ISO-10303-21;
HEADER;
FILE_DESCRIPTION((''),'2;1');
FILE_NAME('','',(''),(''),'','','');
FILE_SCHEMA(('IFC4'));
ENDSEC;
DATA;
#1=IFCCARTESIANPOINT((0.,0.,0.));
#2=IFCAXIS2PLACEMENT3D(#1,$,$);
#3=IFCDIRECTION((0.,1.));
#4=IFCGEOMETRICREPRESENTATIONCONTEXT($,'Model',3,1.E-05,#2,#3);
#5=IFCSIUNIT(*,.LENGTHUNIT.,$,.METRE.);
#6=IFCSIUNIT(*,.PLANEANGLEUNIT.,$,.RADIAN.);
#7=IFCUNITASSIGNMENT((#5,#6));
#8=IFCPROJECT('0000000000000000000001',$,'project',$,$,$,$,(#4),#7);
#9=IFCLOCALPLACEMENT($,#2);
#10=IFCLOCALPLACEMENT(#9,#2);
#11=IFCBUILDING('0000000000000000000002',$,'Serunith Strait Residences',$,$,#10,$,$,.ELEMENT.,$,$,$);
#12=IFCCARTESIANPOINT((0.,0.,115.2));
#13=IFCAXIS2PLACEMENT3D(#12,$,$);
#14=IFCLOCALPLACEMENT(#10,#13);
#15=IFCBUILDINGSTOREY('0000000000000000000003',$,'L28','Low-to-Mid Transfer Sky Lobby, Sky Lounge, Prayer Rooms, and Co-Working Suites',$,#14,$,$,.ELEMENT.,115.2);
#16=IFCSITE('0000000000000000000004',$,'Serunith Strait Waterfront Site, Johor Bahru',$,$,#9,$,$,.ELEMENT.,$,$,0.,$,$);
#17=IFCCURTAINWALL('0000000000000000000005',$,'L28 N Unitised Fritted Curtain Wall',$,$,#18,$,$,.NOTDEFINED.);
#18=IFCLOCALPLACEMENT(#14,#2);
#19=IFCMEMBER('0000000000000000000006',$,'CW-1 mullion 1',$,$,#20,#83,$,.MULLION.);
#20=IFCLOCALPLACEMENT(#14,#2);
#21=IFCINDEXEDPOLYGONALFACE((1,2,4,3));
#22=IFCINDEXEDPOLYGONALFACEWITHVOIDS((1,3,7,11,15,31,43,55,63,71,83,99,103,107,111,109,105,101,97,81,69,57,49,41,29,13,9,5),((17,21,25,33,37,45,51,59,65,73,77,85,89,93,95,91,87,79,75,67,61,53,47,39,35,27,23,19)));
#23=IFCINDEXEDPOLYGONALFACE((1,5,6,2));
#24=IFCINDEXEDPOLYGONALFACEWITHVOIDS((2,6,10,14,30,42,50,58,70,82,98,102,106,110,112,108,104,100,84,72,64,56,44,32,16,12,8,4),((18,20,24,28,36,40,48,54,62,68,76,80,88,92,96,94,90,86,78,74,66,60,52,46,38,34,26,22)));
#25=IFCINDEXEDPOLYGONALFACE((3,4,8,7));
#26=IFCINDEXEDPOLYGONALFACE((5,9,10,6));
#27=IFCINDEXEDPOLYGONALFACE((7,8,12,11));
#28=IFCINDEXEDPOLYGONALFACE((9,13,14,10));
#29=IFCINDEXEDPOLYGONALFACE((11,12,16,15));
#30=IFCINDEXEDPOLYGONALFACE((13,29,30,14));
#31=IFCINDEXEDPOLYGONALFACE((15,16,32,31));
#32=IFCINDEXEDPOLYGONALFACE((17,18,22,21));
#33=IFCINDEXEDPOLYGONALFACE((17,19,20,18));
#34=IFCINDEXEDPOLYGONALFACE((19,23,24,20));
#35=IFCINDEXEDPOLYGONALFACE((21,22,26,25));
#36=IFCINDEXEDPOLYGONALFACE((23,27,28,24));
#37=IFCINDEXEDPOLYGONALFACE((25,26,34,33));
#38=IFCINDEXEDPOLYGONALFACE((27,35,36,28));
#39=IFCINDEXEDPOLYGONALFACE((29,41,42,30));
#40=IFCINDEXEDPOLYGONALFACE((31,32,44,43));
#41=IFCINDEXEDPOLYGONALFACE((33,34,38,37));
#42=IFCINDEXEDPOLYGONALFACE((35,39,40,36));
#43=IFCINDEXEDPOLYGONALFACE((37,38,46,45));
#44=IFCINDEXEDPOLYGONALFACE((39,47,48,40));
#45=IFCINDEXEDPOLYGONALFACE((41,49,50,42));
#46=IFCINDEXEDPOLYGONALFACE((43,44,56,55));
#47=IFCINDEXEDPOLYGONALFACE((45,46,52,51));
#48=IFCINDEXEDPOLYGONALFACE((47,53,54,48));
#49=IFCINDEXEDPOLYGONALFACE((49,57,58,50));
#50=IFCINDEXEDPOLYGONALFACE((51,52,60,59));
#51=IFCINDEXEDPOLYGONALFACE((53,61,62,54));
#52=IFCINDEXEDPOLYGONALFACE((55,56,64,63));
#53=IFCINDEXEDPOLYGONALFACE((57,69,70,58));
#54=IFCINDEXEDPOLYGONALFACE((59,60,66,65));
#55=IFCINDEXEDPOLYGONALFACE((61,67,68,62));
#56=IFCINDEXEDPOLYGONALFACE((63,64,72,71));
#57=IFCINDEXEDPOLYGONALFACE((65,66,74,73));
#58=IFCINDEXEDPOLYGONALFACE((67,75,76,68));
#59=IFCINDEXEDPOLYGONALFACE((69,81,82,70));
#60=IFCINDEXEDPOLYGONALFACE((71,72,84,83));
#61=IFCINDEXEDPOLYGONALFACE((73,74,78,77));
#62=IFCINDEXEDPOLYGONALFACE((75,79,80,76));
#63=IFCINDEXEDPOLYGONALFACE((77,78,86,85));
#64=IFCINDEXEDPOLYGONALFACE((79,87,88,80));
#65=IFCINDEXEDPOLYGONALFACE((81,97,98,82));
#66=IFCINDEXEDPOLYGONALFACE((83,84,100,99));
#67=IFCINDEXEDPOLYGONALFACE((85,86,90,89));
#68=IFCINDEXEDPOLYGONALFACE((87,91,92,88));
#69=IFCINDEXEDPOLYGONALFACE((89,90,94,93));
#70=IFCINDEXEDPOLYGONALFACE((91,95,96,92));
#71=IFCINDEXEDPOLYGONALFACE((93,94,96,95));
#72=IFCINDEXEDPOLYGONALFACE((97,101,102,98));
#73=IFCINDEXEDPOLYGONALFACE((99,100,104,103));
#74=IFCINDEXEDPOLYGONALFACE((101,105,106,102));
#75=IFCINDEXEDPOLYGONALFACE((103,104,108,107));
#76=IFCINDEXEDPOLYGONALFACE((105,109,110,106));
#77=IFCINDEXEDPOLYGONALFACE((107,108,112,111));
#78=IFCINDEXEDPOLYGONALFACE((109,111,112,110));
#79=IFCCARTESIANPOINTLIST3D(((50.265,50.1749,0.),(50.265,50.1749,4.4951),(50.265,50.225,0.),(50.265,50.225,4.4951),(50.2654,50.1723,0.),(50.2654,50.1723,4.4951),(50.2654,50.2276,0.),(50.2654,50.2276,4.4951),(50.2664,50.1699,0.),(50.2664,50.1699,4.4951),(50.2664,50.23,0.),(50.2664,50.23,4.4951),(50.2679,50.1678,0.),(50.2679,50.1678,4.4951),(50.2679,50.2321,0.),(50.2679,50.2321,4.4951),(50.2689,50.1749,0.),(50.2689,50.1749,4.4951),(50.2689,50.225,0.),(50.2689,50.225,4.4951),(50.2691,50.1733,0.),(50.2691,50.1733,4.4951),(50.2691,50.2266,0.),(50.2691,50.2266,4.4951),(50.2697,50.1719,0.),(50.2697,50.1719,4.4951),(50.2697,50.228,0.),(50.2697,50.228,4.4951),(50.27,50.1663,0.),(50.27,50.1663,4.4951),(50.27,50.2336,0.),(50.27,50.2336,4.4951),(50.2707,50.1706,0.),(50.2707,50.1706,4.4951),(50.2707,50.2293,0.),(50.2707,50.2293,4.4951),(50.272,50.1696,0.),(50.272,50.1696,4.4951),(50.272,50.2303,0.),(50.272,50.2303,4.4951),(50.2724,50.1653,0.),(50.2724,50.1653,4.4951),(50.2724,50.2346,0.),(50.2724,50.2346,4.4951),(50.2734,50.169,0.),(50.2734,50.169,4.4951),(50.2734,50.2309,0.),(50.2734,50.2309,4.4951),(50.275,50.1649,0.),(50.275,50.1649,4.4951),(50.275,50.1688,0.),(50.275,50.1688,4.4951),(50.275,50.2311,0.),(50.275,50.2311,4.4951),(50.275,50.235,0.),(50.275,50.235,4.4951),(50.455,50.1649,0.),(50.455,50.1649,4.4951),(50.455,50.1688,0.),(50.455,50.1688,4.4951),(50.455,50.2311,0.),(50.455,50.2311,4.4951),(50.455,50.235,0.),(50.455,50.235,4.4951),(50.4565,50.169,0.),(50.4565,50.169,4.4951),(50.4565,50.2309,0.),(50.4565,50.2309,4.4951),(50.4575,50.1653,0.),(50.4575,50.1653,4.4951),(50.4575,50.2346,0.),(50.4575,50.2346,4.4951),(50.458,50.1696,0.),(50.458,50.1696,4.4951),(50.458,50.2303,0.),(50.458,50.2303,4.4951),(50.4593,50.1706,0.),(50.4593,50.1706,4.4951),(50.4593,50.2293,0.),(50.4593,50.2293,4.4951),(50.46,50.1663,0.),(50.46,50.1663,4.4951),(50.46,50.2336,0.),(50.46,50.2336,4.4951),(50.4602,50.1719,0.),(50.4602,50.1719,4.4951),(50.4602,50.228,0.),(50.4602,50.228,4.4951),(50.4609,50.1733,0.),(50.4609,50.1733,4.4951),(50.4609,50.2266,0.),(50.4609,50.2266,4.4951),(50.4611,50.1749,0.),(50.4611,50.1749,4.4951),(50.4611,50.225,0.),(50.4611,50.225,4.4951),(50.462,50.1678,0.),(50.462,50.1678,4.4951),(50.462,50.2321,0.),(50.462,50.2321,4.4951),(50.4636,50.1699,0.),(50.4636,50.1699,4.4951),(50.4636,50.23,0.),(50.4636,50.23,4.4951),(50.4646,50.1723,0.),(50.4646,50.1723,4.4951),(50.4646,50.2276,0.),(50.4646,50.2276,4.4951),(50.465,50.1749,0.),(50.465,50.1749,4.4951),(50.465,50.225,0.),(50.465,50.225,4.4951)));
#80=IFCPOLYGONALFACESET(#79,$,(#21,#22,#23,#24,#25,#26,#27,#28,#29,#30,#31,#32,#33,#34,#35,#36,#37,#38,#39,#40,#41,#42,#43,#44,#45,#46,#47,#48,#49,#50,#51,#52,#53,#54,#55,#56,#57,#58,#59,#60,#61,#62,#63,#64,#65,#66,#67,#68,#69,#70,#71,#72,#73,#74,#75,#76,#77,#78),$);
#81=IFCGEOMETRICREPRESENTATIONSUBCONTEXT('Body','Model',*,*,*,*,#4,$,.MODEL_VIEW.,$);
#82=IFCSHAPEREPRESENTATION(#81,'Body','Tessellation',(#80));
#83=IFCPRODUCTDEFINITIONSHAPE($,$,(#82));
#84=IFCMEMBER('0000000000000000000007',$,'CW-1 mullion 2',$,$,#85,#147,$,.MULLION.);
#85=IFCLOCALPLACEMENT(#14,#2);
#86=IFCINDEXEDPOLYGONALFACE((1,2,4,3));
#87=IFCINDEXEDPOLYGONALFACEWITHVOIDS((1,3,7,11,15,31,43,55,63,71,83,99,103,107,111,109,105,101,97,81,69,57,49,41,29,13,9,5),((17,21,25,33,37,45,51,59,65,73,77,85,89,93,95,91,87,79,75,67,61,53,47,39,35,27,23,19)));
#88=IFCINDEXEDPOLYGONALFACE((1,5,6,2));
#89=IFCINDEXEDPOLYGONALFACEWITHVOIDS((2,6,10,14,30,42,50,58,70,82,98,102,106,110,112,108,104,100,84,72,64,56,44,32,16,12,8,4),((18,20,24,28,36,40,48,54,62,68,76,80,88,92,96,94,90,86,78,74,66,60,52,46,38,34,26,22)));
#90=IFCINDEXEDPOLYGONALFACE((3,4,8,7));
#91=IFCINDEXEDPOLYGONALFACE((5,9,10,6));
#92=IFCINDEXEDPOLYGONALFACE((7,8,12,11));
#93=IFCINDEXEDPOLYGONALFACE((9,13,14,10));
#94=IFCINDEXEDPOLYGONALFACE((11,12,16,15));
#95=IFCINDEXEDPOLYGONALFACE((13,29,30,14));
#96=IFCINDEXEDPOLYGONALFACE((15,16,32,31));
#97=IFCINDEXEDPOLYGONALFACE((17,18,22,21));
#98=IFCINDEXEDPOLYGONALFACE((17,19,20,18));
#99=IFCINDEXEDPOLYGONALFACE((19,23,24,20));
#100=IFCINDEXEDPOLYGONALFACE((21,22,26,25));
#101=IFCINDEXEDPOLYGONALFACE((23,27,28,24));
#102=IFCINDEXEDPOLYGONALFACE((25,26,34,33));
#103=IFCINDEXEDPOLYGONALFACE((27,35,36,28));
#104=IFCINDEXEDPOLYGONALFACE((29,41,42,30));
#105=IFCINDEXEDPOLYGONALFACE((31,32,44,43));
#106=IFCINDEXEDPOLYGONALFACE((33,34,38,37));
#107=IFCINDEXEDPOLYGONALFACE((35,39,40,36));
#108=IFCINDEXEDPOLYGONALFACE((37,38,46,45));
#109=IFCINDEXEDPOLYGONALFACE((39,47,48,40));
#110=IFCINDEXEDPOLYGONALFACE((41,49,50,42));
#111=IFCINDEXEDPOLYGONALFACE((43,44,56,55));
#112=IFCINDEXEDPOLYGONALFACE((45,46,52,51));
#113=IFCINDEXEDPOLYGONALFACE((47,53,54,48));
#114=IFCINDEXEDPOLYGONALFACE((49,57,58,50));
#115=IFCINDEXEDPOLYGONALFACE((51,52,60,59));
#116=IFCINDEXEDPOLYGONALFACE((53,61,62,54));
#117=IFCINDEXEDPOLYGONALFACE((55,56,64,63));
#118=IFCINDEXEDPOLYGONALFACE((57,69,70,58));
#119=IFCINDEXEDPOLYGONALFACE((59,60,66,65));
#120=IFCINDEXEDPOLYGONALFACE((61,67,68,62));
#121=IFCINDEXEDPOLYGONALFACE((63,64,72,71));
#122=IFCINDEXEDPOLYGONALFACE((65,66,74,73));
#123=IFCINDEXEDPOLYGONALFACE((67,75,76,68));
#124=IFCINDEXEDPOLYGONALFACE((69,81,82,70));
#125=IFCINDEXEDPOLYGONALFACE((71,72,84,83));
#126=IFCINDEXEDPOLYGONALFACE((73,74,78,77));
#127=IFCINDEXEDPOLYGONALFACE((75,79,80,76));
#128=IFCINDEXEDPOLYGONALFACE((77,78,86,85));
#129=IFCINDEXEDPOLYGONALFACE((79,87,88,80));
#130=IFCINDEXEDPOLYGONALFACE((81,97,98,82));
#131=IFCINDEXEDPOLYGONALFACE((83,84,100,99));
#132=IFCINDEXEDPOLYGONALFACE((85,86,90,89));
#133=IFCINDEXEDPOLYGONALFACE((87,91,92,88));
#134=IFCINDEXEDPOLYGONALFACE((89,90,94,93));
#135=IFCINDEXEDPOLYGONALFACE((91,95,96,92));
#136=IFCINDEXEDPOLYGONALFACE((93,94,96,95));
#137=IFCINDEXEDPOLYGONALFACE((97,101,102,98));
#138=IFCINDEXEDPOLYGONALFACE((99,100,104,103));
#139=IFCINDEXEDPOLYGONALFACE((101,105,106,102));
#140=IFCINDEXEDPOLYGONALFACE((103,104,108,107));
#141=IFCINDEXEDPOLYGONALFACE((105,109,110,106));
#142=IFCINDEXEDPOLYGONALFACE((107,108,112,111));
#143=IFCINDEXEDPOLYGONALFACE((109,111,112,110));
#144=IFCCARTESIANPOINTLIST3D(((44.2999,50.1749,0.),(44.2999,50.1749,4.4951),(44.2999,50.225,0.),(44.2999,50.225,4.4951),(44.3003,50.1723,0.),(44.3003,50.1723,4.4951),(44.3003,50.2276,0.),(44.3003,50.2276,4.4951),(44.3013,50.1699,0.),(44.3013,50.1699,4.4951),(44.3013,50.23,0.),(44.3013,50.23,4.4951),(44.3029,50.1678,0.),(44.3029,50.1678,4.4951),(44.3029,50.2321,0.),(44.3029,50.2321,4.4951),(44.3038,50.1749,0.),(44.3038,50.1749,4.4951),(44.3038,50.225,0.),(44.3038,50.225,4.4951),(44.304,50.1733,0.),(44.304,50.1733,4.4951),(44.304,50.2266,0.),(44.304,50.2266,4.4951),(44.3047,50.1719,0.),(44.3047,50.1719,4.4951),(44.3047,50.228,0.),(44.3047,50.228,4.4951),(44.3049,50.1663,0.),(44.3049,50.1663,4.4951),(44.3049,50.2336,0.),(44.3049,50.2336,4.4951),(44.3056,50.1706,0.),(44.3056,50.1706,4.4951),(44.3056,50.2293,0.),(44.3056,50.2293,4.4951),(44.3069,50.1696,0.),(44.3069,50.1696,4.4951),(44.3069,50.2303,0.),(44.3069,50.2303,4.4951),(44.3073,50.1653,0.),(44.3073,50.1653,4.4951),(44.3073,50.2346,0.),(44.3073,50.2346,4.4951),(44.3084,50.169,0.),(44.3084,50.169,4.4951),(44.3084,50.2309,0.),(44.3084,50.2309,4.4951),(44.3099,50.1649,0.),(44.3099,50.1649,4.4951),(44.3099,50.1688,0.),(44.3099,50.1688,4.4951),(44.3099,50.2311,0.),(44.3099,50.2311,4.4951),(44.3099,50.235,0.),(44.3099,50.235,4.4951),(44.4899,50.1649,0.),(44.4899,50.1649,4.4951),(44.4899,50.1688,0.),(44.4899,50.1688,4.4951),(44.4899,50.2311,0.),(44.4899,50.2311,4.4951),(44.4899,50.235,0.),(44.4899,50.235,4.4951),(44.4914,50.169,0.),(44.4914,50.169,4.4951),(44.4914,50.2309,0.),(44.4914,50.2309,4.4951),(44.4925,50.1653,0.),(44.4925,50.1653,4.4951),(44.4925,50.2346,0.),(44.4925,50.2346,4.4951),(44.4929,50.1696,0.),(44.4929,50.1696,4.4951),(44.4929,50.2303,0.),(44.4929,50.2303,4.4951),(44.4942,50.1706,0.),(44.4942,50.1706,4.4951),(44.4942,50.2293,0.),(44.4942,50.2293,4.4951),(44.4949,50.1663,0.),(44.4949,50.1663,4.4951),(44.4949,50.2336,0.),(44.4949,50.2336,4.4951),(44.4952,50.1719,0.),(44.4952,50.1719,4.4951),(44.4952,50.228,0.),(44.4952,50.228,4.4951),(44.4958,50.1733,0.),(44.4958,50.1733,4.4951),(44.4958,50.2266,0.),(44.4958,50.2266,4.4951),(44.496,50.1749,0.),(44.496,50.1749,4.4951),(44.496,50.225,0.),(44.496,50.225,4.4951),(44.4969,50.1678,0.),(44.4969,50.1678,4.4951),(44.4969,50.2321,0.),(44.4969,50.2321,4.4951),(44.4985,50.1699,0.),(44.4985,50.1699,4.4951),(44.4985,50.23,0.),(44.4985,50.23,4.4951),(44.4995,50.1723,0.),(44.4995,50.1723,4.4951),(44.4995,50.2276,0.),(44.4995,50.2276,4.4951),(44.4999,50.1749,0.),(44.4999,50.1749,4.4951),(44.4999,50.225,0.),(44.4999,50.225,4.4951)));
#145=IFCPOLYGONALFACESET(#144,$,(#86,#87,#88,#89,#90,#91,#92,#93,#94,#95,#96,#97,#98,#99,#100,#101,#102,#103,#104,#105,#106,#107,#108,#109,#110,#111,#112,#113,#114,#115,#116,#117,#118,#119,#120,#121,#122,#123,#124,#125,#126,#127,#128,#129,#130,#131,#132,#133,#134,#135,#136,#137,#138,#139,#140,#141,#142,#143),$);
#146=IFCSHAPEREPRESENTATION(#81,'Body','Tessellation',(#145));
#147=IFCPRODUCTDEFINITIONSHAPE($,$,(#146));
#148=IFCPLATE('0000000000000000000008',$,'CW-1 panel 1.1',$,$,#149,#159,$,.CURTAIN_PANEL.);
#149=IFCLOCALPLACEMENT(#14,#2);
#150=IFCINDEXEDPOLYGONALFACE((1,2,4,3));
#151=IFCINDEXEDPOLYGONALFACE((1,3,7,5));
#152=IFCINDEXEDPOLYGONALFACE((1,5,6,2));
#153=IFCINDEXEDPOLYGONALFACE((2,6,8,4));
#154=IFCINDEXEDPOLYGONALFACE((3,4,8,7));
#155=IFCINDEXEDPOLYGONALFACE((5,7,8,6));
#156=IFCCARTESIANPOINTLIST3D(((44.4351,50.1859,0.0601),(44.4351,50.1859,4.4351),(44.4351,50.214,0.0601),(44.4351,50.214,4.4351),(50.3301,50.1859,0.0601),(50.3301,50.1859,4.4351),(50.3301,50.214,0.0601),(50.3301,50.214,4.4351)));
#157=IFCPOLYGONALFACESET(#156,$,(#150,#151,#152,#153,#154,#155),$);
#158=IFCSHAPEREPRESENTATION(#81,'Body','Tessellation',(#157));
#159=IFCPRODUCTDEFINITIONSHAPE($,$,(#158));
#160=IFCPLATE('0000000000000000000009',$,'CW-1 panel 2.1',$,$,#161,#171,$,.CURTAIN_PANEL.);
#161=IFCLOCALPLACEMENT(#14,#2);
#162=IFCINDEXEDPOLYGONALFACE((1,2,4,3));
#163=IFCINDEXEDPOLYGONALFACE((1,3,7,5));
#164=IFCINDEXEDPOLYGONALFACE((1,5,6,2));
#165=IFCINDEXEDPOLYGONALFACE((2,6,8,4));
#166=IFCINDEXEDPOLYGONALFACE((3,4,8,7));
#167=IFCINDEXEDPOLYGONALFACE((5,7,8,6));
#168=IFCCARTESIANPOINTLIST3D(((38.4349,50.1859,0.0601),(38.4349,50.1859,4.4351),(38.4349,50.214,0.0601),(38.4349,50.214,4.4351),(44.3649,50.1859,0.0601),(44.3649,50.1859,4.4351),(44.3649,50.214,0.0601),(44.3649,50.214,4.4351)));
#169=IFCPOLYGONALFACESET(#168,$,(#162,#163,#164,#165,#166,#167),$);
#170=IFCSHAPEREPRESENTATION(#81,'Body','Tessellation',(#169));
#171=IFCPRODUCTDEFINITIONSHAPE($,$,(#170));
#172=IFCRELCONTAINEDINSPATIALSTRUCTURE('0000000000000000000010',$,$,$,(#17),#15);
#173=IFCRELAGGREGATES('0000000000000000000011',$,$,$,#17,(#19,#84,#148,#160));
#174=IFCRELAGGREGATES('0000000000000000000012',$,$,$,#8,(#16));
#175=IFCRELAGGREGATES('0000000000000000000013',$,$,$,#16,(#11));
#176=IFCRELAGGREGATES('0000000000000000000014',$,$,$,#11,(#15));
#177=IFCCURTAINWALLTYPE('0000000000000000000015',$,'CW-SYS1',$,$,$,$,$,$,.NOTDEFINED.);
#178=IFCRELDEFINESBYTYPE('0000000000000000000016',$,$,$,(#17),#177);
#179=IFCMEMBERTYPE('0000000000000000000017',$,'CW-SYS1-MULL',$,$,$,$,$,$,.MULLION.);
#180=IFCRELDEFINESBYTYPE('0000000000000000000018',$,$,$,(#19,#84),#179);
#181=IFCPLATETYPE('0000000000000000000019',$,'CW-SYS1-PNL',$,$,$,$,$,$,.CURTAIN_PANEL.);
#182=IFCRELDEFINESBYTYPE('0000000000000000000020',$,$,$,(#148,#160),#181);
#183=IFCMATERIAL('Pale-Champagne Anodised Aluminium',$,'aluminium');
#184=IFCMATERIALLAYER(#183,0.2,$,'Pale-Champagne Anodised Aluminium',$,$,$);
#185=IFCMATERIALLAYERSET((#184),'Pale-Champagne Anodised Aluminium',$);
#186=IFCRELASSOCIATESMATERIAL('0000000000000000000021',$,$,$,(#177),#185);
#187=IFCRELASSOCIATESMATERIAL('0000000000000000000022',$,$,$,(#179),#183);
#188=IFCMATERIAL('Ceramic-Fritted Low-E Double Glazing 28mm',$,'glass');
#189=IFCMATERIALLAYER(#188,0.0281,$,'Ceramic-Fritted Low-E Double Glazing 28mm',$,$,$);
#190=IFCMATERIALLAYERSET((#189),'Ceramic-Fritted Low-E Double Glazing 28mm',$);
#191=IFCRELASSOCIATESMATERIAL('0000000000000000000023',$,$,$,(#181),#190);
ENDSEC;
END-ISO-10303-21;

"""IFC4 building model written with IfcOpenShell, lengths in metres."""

from ifc_helpers import new_model, si_unit, direction, frame, origin, origin_2d, place, context, subcontext, project, spatial, rectangle, hollow_rectangle, extrude, source, transform, mapped, material, layer, layer_set, material_profile, profile_set, type_object, element, aggregate, save


model = new_model("IFC4")

# Units and contexts
model_context = context("Model", 3, precision=1e-05, world=origin(), true_north=direction((0.0, 1.0)))
body_context = subcontext(model_context, "Body", "Model", "MODEL_VIEW")
ifc_project = project(units=[si_unit("LENGTHUNIT", "METRE"), si_unit("PLANEANGLEUNIT", "RADIAN")], contexts=[model_context])

# Site, building, storey
site_placement = place(None, origin())
site = spatial("IfcSite", under=ifc_project, at=site_placement, Name="Serunith Strait Waterfront Site, Johor Bahru", CompositionType="ELEMENT", RefElevation=0.0)
building_placement = place(site_placement, origin())
building = spatial("IfcBuilding", under=site, at=building_placement, Name="Serunith Strait Residences", CompositionType="ELEMENT")
storey_placement = place(building_placement, frame((0.0, 0.0, 115.2)))
storey = spatial("IfcBuildingStorey", under=building, at=storey_placement, Name="L28", Description="Low-to-Mid Transfer Sky Lobby, Sky Lounge, Prayer Rooms, and Co-Working Suites", CompositionType="ELEMENT", Elevation=115.2)

# Curtain wall, members, plates
ifc_material_1 = material(Name="Pale-Champagne Anodised Aluminium", Category="aluminium")
ifc_layer_1 = layer(ifc_material_1, 0.2, Name="Pale-Champagne Anodised Aluminium")
ifc_layer_set_1 = layer_set([ifc_layer_1], Name="Pale-Champagne Anodised Aluminium")
curtain_wall_type = type_object("IfcCurtainWallType", Name="CW-SYS1", PredefinedType="NOTDEFINED", material=ifc_layer_set_1)
curtain_wall_placement = place(storey_placement, origin())
curtain_wall = element("IfcCurtainWall", 1, at=curtain_wall_placement, inside=storey, type_object=curtain_wall_type, Name="L28 N Unitised Fritted Curtain Wall", PredefinedType="NOTDEFINED")
ifc_material_profile_1 = material_profile(ifc_material_1, hollow_rectangle(XDim=0.0701, YDim=0.2, WallThickness=0.0039, InnerFilletRadius=0.0061, OuterFilletRadius=0.01, at=origin_2d()), Name="ALU 200x70x4")
ifc_profile_set_1 = profile_set([ifc_material_profile_1], Name="Pale-Champagne Anodised Aluminium")
member_type_1 = type_object("IfcMemberType", Name="CW-SYS1-MULL", PredefinedType="MULLION", material=ifc_profile_set_1)
shared_shape_1 = source(origin(), body_context, "Body", "SweptSolid", [
    extrude(hollow_rectangle(XDim=0.0701, YDim=0.2, WallThickness=0.0039, InnerFilletRadius=0.0061, OuterFilletRadius=0.01, at=origin_2d()), origin(), (0.0, 0.0, 1.0), 4.4951),
])
member_1_placement = place(storey_placement, frame((50.365, 50.2, 0.0), z_axis=(0.0, 0.0, 1.0), x_axis=(0.0, -1.0, 0.0)))
member_1 = element("IfcMember", 2, at=member_1_placement, type_object=member_type_1, Name="CW-1 mullion 1", PredefinedType="MULLION", context=body_context, shape_type="MappedRepresentation", body=[
    mapped(shared_shape_1, transform((0.0, 0.0, 0.0), scale=1.0)),
])
member_2_placement = place(storey_placement, frame((44.3999, 50.2, 0.0), z_axis=(0.0, 0.0, 1.0), x_axis=(0.0, -1.0, 0.0)))
member_2 = element("IfcMember", 3, at=member_2_placement, type_object=member_type_1, Name="CW-1 mullion 2", PredefinedType="MULLION", context=body_context, shape_type="MappedRepresentation", body=[
    mapped(shared_shape_1, transform((0.0, 0.0, 0.0), scale=1.0)),
])
ifc_material_2 = material(Name="Ceramic-Fritted Low-E Double Glazing 28mm", Category="glass")
ifc_layer_2 = layer(ifc_material_2, 0.0281, Name="Ceramic-Fritted Low-E Double Glazing 28mm")
ifc_layer_set_2 = layer_set([ifc_layer_2], Name="Ceramic-Fritted Low-E Double Glazing 28mm")
plate_type = type_object("IfcPlateType", Name="CW-SYS1-PNL", PredefinedType="CURTAIN_PANEL", material=ifc_layer_set_2)
shared_shape_2 = source(origin(), body_context, "Body", "SweptSolid", [
    extrude(rectangle(XDim=5.895, YDim=0.0281, at=origin_2d()), origin(), (0.0, 0.0, 1.0), 4.375),
])
plate_1_placement = place(storey_placement, frame((47.3826, 50.2, 0.0601), z_axis=(0.0, 0.0, 1.0), x_axis=(-1.0, 0.0, 0.0)))
plate_1 = element("IfcPlate", 4, at=plate_1_placement, type_object=plate_type, Name="CW-1 panel 1.1", PredefinedType="CURTAIN_PANEL", context=body_context, shape_type="MappedRepresentation", body=[
    mapped(shared_shape_2, transform((0.0, 0.0, 0.0), scale=1.0)),
])
shared_shape_3 = source(origin(), body_context, "Body", "SweptSolid", [
    extrude(rectangle(XDim=5.9299, YDim=0.0281, at=origin_2d()), origin(), (0.0, 0.0, 1.0), 4.375),
])
plate_2_placement = place(storey_placement, frame((41.3999, 50.2, 0.0601), z_axis=(0.0, 0.0, 1.0), x_axis=(-1.0, 0.0, 0.0)))
plate_2 = element("IfcPlate", 5, at=plate_2_placement, type_object=plate_type, Name="CW-1 panel 2.1", PredefinedType="CURTAIN_PANEL", context=body_context, shape_type="MappedRepresentation", body=[
    mapped(shared_shape_3, transform((0.0, 0.0, 0.0), scale=1.0)),
])
aggregate(curtain_wall, [member_1, member_2, plate_1, plate_2])

save(model, "model.ifc")
